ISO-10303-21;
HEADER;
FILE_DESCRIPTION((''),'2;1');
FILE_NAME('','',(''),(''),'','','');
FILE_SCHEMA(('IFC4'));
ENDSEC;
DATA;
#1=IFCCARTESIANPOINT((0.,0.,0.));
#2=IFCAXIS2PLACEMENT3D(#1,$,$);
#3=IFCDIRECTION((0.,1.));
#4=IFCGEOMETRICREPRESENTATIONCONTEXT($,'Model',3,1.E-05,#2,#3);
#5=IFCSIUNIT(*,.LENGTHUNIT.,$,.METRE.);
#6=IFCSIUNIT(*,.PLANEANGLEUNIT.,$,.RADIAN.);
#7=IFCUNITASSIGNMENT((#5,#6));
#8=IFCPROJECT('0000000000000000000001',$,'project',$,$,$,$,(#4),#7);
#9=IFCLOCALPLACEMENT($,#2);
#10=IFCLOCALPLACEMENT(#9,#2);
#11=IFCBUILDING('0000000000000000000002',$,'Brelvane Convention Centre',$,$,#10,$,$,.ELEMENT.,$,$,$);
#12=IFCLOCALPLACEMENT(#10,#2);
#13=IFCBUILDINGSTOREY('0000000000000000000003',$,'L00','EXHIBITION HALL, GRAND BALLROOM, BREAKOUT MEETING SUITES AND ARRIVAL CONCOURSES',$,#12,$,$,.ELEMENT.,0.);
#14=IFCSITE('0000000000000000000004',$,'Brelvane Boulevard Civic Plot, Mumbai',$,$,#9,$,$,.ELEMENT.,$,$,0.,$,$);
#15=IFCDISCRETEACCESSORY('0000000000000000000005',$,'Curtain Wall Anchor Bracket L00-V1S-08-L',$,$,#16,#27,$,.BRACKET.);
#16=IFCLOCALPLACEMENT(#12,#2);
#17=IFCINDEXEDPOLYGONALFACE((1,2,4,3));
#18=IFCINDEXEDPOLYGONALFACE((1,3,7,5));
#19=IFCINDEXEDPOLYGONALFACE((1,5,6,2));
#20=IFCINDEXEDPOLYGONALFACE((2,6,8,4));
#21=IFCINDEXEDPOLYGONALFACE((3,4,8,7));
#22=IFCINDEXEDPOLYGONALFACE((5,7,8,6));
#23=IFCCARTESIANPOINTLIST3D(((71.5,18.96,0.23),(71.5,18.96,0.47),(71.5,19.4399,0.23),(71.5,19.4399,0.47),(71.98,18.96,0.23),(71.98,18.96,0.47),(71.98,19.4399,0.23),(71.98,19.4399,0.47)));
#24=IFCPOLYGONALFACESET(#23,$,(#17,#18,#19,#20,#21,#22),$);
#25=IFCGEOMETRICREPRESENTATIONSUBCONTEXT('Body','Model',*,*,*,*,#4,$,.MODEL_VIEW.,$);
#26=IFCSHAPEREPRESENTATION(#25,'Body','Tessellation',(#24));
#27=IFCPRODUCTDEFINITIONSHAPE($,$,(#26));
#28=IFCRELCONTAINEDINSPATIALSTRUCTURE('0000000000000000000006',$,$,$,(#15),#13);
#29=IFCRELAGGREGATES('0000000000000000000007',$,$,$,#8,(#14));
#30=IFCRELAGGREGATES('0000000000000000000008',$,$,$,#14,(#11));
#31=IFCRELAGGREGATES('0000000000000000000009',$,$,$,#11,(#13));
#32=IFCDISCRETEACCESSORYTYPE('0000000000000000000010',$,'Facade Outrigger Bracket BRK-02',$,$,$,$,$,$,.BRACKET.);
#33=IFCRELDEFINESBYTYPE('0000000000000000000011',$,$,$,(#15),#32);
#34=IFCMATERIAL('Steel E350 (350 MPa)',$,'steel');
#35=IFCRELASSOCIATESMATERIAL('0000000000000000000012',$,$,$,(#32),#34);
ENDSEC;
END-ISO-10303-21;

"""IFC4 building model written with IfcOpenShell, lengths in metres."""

from ifc_helpers import new_model, si_unit, direction, frame, origin, origin_2d, place, context, subcontext, project, spatial, rectangle, extrude, material, type_object, element, save


model = new_model("IFC4")

# Units and contexts
model_context = context("Model", 3, precision=1e-05, world=origin(), true_north=direction((0.0, 1.0)))
body_context = subcontext(model_context, "Body", "Model", "MODEL_VIEW")
ifc_project = project(units=[si_unit("LENGTHUNIT", "METRE"), si_unit("PLANEANGLEUNIT", "RADIAN")], contexts=[model_context])

# Site, building, storey
site_placement = place(None, origin())
site = spatial("IfcSite", under=ifc_project, at=site_placement, Name="Brelvane Boulevard Civic Plot, Mumbai", CompositionType="ELEMENT", RefElevation=0.0)
building_placement = place(site_placement, origin())
building = spatial("IfcBuilding", under=site, at=building_placement, Name="Brelvane Convention Centre", CompositionType="ELEMENT")
storey_placement = place(building_placement, origin())
storey = spatial("IfcBuildingStorey", under=building, at=storey_placement, Name="L00", Description="EXHIBITION HALL, GRAND BALLROOM, BREAKOUT MEETING SUITES AND ARRIVAL CONCOURSES", CompositionType="ELEMENT", Elevation=0.0)

# Discrete accessory
ifc_material_1 = material(Name="Steel E350 (350 MPa)", Category="steel")
discrete_accessory_type = type_object("IfcDiscreteAccessoryType", Name="Facade Outrigger Bracket BRK-02", PredefinedType="BRACKET", material=ifc_material_1)
for number, where, z_axis, x_axis, name in (
    (1, (71.74, 19.2, 0.23), (0.0, 0.0, 1.0), (1.0, 0.0, 0.0), "Curtain Wall Anchor Bracket L00-V1S-08-L"),
):
    element("IfcDiscreteAccessory", number, at=place(storey_placement, frame(where, z_axis=z_axis, x_axis=x_axis)), inside=storey, type_object=discrete_accessory_type, Name=name, PredefinedType="BRACKET", context=body_context, shape_type="SweptSolid", body=[
        extrude(rectangle(XDim=0.48, YDim=0.48, at=origin_2d()), origin(), (0.0, 0.0, 1.0), 0.24),
    ])

save(model, "model.ifc")
